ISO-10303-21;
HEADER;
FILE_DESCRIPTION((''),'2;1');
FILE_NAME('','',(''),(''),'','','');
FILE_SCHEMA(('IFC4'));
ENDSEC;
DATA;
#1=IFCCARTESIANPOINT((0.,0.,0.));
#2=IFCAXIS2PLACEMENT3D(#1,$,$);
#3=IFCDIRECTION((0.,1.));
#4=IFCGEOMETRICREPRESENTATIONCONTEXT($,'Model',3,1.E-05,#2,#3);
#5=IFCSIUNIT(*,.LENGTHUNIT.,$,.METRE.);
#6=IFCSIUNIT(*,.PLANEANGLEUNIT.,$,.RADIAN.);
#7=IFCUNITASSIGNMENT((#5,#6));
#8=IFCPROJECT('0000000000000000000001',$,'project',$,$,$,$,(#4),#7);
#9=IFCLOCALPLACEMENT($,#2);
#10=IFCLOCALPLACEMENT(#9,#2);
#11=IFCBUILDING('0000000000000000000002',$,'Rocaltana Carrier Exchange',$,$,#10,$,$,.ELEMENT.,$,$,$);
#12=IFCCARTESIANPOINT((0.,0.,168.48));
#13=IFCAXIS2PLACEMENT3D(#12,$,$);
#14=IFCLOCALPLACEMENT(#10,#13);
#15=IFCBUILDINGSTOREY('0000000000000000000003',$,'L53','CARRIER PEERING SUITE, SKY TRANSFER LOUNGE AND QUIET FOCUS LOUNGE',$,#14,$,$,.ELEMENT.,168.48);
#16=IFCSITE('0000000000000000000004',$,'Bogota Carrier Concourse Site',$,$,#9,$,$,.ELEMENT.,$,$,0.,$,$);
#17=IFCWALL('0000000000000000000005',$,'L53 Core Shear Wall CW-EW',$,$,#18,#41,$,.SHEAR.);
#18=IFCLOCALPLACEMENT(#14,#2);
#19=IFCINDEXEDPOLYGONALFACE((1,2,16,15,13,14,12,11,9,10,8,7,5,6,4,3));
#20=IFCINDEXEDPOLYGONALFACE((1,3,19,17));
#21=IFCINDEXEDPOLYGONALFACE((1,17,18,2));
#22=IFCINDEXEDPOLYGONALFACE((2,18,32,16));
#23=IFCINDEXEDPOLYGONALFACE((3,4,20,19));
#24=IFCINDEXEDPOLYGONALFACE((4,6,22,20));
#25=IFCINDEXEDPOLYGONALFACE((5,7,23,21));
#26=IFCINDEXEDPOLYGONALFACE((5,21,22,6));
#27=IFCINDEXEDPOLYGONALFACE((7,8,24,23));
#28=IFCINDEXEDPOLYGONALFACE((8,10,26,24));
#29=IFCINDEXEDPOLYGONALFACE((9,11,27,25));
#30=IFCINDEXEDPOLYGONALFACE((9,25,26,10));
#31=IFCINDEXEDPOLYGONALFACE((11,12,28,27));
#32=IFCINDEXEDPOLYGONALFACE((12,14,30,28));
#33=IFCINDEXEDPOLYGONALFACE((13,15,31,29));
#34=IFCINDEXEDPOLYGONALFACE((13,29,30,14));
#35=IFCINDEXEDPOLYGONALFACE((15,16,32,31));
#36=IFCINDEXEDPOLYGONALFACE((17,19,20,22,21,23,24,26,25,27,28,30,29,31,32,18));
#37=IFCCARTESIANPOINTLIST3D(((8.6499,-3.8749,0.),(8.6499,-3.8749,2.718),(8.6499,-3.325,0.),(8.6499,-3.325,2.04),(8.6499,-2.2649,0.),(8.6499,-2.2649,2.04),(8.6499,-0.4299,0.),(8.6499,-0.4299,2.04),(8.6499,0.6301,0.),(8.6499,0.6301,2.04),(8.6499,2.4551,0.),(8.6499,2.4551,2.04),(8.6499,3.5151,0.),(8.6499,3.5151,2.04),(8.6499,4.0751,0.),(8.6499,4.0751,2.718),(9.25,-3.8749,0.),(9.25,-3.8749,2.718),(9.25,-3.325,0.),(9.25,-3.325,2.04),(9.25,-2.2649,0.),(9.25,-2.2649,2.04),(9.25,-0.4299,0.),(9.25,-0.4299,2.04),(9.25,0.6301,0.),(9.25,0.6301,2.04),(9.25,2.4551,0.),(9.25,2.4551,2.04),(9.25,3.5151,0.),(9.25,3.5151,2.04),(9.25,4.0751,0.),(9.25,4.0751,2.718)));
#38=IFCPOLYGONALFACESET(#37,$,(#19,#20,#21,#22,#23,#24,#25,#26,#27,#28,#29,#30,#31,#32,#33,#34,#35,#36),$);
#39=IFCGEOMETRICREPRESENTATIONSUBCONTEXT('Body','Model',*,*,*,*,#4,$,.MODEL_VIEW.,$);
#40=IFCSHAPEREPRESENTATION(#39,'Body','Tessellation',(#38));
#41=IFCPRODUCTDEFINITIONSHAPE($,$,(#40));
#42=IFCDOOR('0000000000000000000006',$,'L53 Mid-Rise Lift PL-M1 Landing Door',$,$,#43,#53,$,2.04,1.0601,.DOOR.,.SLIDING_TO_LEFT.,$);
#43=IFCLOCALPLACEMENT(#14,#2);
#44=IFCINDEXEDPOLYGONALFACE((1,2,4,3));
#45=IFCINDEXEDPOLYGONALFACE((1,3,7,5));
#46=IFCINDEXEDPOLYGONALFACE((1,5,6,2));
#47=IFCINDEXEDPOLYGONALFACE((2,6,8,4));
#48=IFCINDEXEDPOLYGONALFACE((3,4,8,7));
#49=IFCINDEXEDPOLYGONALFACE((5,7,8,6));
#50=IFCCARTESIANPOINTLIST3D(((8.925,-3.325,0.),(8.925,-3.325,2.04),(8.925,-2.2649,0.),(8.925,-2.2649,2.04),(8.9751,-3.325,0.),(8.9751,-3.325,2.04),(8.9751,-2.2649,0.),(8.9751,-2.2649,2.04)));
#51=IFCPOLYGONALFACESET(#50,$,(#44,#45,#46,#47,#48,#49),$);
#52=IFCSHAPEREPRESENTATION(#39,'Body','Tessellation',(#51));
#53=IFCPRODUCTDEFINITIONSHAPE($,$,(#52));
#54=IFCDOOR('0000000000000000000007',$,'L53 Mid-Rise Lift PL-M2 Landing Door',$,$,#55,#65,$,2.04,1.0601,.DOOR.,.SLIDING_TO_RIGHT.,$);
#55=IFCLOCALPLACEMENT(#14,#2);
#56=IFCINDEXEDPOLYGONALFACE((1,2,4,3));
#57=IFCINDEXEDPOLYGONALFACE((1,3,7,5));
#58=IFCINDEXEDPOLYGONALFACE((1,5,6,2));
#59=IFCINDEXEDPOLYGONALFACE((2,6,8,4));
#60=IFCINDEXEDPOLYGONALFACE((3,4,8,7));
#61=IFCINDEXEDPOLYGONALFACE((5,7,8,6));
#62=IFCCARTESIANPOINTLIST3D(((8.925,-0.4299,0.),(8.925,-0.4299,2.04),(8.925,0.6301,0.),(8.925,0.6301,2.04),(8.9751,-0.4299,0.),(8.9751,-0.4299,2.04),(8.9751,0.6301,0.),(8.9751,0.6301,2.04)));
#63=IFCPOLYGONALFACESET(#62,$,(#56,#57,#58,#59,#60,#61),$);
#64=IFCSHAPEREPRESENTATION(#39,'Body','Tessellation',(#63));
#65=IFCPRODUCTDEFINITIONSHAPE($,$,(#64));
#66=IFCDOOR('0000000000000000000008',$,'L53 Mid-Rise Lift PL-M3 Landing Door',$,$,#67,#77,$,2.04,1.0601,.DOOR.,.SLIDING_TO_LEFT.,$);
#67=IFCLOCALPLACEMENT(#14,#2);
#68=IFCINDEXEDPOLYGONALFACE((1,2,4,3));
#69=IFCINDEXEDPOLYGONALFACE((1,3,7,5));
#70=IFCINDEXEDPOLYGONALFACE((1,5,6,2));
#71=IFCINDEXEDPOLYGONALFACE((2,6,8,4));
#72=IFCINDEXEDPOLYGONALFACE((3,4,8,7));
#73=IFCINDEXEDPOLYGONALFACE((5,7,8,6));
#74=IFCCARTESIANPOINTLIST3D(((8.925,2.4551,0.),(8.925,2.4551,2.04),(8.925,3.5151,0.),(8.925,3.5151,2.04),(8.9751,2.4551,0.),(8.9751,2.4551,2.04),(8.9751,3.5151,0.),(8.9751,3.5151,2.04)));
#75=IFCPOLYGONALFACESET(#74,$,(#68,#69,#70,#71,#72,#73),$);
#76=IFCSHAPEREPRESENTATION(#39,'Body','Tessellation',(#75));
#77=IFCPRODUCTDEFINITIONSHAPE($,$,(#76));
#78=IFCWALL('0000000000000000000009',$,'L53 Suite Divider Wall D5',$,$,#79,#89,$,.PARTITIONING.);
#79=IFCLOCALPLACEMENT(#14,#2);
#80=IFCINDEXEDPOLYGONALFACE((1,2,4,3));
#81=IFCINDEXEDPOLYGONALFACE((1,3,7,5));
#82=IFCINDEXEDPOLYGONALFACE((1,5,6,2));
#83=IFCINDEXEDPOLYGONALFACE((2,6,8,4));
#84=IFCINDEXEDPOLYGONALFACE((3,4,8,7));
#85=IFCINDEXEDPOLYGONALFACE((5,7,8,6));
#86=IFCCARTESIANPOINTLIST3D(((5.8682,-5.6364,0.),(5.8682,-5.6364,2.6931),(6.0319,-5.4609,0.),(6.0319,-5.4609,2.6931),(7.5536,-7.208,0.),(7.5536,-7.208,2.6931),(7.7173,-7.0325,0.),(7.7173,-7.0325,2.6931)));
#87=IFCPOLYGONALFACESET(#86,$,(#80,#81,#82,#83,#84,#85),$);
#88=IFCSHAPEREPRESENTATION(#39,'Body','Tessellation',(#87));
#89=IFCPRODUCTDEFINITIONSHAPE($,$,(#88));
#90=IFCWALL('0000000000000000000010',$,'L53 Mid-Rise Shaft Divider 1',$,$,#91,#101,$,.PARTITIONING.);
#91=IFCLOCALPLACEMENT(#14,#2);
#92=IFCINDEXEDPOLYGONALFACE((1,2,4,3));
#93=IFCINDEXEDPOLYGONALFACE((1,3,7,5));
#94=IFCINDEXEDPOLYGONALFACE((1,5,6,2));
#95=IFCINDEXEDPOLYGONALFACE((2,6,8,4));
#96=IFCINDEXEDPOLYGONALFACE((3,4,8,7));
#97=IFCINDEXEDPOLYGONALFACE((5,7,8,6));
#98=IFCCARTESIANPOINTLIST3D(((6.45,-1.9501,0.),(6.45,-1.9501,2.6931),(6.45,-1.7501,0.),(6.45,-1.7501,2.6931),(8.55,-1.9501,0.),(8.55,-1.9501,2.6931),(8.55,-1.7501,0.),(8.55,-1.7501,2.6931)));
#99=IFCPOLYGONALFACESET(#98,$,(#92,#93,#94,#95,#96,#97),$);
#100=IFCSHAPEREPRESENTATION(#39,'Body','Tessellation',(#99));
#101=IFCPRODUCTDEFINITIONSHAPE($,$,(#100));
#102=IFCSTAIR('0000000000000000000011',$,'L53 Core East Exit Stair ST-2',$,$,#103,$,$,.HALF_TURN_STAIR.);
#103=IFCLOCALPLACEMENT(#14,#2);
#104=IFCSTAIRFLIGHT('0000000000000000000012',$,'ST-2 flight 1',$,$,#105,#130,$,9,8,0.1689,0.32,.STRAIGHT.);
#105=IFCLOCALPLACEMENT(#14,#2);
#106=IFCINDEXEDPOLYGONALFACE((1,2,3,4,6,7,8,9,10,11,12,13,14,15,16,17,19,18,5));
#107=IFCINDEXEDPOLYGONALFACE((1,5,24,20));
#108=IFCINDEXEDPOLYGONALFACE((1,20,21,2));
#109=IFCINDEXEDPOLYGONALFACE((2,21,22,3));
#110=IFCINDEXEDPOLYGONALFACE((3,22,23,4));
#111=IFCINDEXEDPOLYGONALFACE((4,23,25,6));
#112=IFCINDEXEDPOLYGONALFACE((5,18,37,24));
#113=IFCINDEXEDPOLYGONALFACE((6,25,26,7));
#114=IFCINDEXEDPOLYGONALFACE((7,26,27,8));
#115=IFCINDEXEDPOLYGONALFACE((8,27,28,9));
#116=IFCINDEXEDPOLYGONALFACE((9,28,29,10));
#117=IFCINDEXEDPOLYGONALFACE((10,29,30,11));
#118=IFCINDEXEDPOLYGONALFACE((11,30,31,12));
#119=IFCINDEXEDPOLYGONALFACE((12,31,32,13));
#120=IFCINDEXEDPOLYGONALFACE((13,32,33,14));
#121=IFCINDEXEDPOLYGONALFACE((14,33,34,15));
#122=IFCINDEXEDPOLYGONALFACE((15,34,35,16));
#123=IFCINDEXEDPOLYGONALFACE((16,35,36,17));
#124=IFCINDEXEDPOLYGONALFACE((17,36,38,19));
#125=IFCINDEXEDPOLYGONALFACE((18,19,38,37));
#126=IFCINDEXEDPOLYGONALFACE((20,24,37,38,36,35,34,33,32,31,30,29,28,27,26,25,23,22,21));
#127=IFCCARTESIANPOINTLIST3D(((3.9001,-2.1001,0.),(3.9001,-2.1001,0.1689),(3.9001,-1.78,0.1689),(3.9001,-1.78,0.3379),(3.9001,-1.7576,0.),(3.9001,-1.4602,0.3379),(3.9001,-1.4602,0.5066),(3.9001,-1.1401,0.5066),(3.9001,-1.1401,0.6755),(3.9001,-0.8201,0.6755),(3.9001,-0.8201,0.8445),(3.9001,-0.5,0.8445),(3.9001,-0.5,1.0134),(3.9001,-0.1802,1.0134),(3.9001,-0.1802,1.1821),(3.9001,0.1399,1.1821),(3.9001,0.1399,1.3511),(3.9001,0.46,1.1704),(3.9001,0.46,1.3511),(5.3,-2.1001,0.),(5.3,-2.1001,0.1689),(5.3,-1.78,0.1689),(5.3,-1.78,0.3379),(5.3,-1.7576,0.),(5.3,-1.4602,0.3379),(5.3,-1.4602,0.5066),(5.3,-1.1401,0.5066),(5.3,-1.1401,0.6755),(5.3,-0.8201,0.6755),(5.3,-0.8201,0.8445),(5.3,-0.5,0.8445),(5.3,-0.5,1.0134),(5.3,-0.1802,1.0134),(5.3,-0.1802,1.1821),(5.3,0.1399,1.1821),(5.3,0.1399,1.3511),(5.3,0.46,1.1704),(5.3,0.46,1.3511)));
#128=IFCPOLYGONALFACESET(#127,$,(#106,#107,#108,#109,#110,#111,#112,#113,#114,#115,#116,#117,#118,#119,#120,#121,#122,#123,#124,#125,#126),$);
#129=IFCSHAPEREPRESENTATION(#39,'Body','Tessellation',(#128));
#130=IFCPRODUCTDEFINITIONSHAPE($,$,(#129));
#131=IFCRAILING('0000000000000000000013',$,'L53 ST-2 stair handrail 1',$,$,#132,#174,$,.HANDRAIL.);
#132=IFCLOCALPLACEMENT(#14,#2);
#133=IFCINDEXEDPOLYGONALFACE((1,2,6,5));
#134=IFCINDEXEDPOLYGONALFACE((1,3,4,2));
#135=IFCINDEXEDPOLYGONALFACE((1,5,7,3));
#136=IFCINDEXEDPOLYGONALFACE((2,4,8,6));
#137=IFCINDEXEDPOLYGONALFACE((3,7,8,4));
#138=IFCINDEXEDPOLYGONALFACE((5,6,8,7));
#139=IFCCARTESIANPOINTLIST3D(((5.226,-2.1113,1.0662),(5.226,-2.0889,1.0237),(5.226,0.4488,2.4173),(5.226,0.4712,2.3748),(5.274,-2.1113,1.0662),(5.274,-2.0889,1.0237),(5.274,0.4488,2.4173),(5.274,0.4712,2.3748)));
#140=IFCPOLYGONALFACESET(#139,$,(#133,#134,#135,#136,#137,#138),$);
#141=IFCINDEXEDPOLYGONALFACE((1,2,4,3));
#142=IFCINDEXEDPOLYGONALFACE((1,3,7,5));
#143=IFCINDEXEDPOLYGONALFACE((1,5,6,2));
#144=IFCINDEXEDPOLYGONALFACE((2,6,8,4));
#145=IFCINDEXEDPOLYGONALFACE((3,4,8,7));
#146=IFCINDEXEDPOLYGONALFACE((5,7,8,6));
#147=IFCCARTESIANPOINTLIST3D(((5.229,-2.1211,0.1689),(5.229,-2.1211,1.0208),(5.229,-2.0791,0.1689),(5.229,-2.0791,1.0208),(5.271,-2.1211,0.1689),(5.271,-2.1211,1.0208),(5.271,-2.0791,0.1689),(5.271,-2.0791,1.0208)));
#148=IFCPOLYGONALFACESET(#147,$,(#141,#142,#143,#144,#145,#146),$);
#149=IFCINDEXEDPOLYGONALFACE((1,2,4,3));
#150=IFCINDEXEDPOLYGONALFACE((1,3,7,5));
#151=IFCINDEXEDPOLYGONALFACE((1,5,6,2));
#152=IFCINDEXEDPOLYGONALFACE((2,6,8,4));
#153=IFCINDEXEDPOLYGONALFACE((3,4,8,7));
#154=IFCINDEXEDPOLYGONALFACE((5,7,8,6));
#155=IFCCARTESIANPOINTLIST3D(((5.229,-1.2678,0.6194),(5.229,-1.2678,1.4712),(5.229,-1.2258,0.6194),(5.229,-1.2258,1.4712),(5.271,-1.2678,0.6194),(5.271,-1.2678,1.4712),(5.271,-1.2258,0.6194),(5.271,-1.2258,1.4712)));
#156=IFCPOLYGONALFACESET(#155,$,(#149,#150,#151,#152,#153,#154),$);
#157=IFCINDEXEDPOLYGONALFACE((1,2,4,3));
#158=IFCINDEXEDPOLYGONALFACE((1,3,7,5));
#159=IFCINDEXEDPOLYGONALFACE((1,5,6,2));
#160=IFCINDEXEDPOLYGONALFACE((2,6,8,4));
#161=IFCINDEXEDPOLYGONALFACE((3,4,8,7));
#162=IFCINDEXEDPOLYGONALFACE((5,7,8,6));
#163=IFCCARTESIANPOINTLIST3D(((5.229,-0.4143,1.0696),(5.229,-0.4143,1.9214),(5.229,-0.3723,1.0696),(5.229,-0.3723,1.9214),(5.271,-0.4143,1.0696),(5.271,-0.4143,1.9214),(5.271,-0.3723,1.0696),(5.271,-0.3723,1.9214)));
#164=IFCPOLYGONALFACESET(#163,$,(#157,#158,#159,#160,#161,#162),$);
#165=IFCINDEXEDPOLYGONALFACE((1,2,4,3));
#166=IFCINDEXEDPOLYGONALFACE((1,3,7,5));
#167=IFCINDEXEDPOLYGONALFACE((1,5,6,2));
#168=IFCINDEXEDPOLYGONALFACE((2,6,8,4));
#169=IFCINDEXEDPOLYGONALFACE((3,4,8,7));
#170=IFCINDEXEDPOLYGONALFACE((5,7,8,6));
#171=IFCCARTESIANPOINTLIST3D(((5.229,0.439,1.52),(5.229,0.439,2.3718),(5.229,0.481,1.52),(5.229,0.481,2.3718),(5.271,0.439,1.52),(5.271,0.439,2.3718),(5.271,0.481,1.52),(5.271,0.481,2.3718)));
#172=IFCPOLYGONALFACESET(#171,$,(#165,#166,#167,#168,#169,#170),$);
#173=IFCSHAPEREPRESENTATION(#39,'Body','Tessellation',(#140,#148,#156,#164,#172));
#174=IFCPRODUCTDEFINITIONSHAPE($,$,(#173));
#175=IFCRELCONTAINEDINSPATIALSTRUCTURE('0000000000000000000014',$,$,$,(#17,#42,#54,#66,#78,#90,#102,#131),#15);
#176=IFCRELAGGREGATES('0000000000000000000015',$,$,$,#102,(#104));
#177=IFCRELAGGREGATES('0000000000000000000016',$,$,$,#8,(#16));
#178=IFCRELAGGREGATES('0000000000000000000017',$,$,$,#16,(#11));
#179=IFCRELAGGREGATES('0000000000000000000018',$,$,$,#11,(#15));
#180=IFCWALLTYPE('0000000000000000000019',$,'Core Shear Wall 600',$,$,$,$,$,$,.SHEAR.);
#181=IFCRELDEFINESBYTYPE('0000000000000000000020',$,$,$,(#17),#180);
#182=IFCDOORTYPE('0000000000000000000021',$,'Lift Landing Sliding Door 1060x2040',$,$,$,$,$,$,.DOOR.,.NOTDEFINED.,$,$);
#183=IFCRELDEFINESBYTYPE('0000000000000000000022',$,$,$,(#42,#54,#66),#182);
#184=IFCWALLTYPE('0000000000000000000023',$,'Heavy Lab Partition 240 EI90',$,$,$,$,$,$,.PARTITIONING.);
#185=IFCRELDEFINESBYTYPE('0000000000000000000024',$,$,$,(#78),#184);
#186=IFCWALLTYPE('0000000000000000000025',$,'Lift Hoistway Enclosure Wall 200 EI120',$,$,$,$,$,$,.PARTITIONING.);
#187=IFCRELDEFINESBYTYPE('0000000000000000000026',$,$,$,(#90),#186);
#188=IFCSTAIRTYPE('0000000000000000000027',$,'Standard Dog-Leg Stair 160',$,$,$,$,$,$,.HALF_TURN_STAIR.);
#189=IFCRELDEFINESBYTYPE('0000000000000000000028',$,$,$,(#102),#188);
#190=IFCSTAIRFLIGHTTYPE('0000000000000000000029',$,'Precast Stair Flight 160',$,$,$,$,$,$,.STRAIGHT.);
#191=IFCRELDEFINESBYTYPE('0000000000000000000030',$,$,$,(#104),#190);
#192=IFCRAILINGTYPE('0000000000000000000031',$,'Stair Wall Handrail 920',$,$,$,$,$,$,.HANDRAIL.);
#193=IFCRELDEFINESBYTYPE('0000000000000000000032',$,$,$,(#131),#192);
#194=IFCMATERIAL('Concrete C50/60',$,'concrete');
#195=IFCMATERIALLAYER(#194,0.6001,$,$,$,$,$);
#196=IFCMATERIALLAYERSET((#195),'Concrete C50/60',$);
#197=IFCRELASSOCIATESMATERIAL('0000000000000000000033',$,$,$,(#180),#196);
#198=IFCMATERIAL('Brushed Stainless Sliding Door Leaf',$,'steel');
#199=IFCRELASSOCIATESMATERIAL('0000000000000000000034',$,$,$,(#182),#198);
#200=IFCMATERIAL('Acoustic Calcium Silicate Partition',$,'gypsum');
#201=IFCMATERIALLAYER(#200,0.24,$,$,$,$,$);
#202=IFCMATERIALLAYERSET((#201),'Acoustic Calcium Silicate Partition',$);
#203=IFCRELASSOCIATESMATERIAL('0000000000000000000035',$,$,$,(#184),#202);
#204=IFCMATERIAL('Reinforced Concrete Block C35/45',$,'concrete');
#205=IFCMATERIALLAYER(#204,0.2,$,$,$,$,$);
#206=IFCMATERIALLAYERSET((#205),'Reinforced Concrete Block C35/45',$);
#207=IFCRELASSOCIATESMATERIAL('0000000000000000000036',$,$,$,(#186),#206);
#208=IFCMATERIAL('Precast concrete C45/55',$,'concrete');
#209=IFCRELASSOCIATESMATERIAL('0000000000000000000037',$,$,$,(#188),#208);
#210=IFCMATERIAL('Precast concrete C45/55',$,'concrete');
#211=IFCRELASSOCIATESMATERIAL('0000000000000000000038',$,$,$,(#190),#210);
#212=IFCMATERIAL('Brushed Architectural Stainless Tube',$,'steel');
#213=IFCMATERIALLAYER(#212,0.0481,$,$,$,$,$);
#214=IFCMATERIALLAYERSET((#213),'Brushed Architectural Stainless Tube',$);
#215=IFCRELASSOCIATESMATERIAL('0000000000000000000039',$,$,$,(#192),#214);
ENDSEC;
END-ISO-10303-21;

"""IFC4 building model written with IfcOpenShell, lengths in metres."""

from ifc_helpers import new_model, si_unit, direction, frame, frame_2d, origin, origin_2d, place, context, subcontext, project, spatial, polyline, rectangle, outline, extrude, material, layer, layer_set, type_object, element, fill, aggregate, save


model = new_model("IFC4")

# Units and contexts
model_context = context("Model", 3, precision=1e-05, world=origin(), true_north=direction((0.0, 1.0)))
body_context = subcontext(model_context, "Body", "Model", "MODEL_VIEW")
ifc_project = project(units=[si_unit("LENGTHUNIT", "METRE"), si_unit("PLANEANGLEUNIT", "RADIAN")], contexts=[model_context])

# Site, building, storey
site_placement = place(None, origin())
site = spatial("IfcSite", under=ifc_project, at=site_placement, Name="Bogota Carrier Concourse Site", CompositionType="ELEMENT", RefElevation=0.0)
building_placement = place(site_placement, origin())
building = spatial("IfcBuilding", under=site, at=building_placement, Name="Rocaltana Carrier Exchange", CompositionType="ELEMENT")
storey_placement = place(building_placement, frame((0.0, 0.0, 168.48)))
storey = spatial("IfcBuildingStorey", under=building, at=storey_placement, Name="L53", Description="CARRIER PEERING SUITE, SKY TRANSFER LOUNGE AND QUIET FOCUS LOUNGE", CompositionType="ELEMENT", Elevation=168.48)

# Shared definitions
ifc_material_1 = material(Name="Concrete C50/60", Category="concrete")
ifc_layer_1 = layer(ifc_material_1, 0.6001)
ifc_layer_set_1 = layer_set([ifc_layer_1], Name="Concrete C50/60")
wall_type_1 = type_object("IfcWallType", Name="Core Shear Wall 600", PredefinedType="SHEAR", material=ifc_layer_set_1)

# Wall, openings, doors
wall_1_placement = place(storey_placement, frame((8.95, -3.875, 0.0), z_axis=(0.0, 0.0, 1.0), x_axis=(0.0, 1.0, 0.0)))
wall_1 = element("IfcWall", 1, at=wall_1_placement, inside=storey, type_object=wall_type_1, Name="L53 Core Shear Wall CW-EW", PredefinedType="SHEAR", context=body_context, shape_type="SweptSolid", body=[
    extrude(rectangle(XDim=7.95, YDim=0.6001, at=frame_2d((3.9751, 0.0))), origin(), (0.0, 0.0, 1.0), 2.718),
])
opening_1_placement = place(wall_1_placement, frame((0.55, 0.0, 0.0)))
opening_1 = element("IfcOpeningElement", 2, at=opening_1_placement, cuts=wall_1, PredefinedType="OPENING", context=body_context, shape_type="SweptSolid", body=[
    extrude(rectangle(XDim=1.0601, YDim=2.04, at=frame_2d((0.53, 1.02))), frame((0.0, 0.3101, 0.0), z_axis=(0.0, -1.0, 0.0), x_axis=(1.0, 0.0, 0.0)), (0.0, 0.0, 1.0), 0.6201),
])
opening_2_placement = place(wall_1_placement, frame((3.4451, 0.0, 0.0)))
opening_2 = element("IfcOpeningElement", 3, at=opening_2_placement, cuts=wall_1, PredefinedType="OPENING", context=body_context, shape_type="SweptSolid", body=[
    extrude(rectangle(XDim=1.0601, YDim=2.04, at=frame_2d((0.53, 1.02))), frame((0.0, 0.3101, 0.0), z_axis=(0.0, -1.0, 0.0), x_axis=(1.0, 0.0, 0.0)), (0.0, 0.0, 1.0), 0.6201),
])
opening_3_placement = place(wall_1_placement, frame((6.3301, 0.0, 0.0)))
opening_3 = element("IfcOpeningElement", 4, at=opening_3_placement, cuts=wall_1, PredefinedType="OPENING", context=body_context, shape_type="SweptSolid", body=[
    extrude(rectangle(XDim=1.0601, YDim=2.04, at=frame_2d((0.53, 1.02))), frame((0.0, 0.3101, 0.0), z_axis=(0.0, -1.0, 0.0), x_axis=(1.0, 0.0, 0.0)), (0.0, 0.0, 1.0), 0.6201),
])
ifc_material_2 = material(Name="Brushed Stainless Sliding Door Leaf", Category="steel")
door_type = type_object("IfcDoorType", Name="Lift Landing Sliding Door 1060x2040", OperationType="NOTDEFINED", PredefinedType="DOOR", material=ifc_material_2)
door_1_placement = place(opening_1_placement, origin())
door_1 = element("IfcDoor", 5, at=door_1_placement, inside=storey, type_object=door_type, Name="L53 Mid-Rise Lift PL-M1 Landing Door", OperationType="SLIDING_TO_LEFT", OverallHeight=2.04, OverallWidth=1.0601, PredefinedType="DOOR", context=body_context, shape_type="SweptSolid", body=[
    extrude(rectangle(XDim=1.0601, YDim=2.04, at=frame_2d((0.53, 1.02))), frame((0.0, 0.0249, 0.0), z_axis=(0.0, -1.0, 0.0), x_axis=(1.0, 0.0, 0.0)), (0.0, 0.0, 1.0), 0.05),
])
fill(opening_1, door_1)
door_2_placement = place(opening_2_placement, origin())
door_2 = element("IfcDoor", 6, at=door_2_placement, inside=storey, type_object=door_type, Name="L53 Mid-Rise Lift PL-M2 Landing Door", OperationType="SLIDING_TO_RIGHT", OverallHeight=2.04, OverallWidth=1.0601, PredefinedType="DOOR", context=body_context, shape_type="SweptSolid", body=[
    extrude(rectangle(XDim=1.0601, YDim=2.04, at=frame_2d((0.53, 1.02))), frame((0.0, 0.0249, 0.0), z_axis=(0.0, -1.0, 0.0), x_axis=(1.0, 0.0, 0.0)), (0.0, 0.0, 1.0), 0.05),
])
fill(opening_2, door_2)
door_3_placement = place(opening_3_placement, origin())
door_3 = element("IfcDoor", 7, at=door_3_placement, inside=storey, type_object=door_type, Name="L53 Mid-Rise Lift PL-M3 Landing Door", OperationType="SLIDING_TO_LEFT", OverallHeight=2.04, OverallWidth=1.0601, PredefinedType="DOOR", context=body_context, shape_type="SweptSolid", body=[
    extrude(rectangle(XDim=1.0601, YDim=2.04, at=frame_2d((0.53, 1.02))), frame((0.0, 0.0249, 0.0), z_axis=(0.0, -1.0, 0.0), x_axis=(1.0, 0.0, 0.0)), (0.0, 0.0, 1.0), 0.05),
])
fill(opening_3, door_3)

# Walls
ifc_material_3 = material(Name="Acoustic Calcium Silicate Partition", Category="gypsum")
ifc_layer_2 = layer(ifc_material_3, 0.24)
ifc_layer_set_2 = layer_set([ifc_layer_2], Name="Acoustic Calcium Silicate Partition")
wall_type_2 = type_object("IfcWallType", Name="Heavy Lab Partition 240 EI90", PredefinedType="PARTITIONING", material=ifc_layer_set_2)
wall_2_placement = place(storey_placement, frame((5.95, -5.5486, 0.0), z_axis=(0.0, 0.0, 1.0), x_axis=(0.731362, -0.68199, 0.0)))
element("IfcWall", 8, at=wall_2_placement, inside=storey, type_object=wall_type_2, Name="L53 Suite Divider Wall D5", PredefinedType="PARTITIONING", context=body_context, shape_type="SweptSolid", body=[
    extrude(rectangle(XDim=2.3044, YDim=0.24, at=frame_2d((1.1523, 0.0))), origin(), (0.0, 0.0, 1.0), 2.6931),
])
ifc_material_4 = material(Name="Reinforced Concrete Block C35/45", Category="concrete")
ifc_layer_3 = layer(ifc_material_4, 0.2)
ifc_layer_set_3 = layer_set([ifc_layer_3], Name="Reinforced Concrete Block C35/45")
wall_type_3 = type_object("IfcWallType", Name="Lift Hoistway Enclosure Wall 200 EI120", PredefinedType="PARTITIONING", material=ifc_layer_set_3)
wall_3_placement = place(storey_placement, frame((6.45, -1.8501, 0.0), z_axis=(0.0, 0.0, 1.0), x_axis=(1.0, 0.0, 0.0)))
element("IfcWall", 9, at=wall_3_placement, inside=storey, type_object=wall_type_3, Name="L53 Mid-Rise Shaft Divider 1", PredefinedType="PARTITIONING", context=body_context, shape_type="SweptSolid", body=[
    extrude(rectangle(XDim=2.1001, YDim=0.2, at=frame_2d((1.05, 0.0))), origin(), (0.0, 0.0, 1.0), 2.6931),
])

# Stair, stair flight
ifc_material_5 = material(Name="Precast concrete C45/55", Category="concrete")
stair_type = type_object("IfcStairType", Name="Standard Dog-Leg Stair 160", PredefinedType="HALF_TURN_STAIR", material=ifc_material_5)
stair_placement = place(storey_placement, origin())
stair = element("IfcStair", 10, at=stair_placement, inside=storey, type_object=stair_type, Name="L53 Core East Exit Stair ST-2", PredefinedType="HALF_TURN_STAIR")
ifc_material_6 = material(Name="Precast concrete C45/55", Category="concrete")
stair_flight_type = type_object("IfcStairFlightType", Name="Precast Stair Flight 160", PredefinedType="STRAIGHT", material=ifc_material_6)
stair_flight_placement = place(storey_placement, frame((4.6001, -2.1001, 0.0), z_axis=(0.0, 0.0, 1.0), x_axis=(0.0, 1.0, 0.0)))
stair_flight = element("IfcStairFlight", 11, at=stair_flight_placement, type_object=stair_flight_type, Name="ST-2 flight 1", NumberOfRisers=9, NumberOfTreads=8, PredefinedType="STRAIGHT", RiserHeight=0.1689, TreadLength=0.32, context=body_context, shape_type="SweptSolid", body=[
    extrude(outline(polyline([(0.0, 0.0), (0.0, 0.1689), (0.3201, 0.1689), (0.3201, 0.3379), (0.6399, 0.3379), (0.6399, 0.5066), (0.96, 0.5066), (0.96, 0.6755), (1.28, 0.6755), (1.28, 0.8445), (1.6001, 0.8445), (1.6001, 1.0134), (1.9199, 1.0134), (1.9199, 1.1821), (2.24, 1.1821), (2.24, 1.3511), (2.5601, 1.3511), (2.5601, 1.52), (2.5601, 1.1704), (0.3425, 0.0), (0.0, 0.0)])), frame((0.0, 0.7, 0.0), z_axis=(0.0, -1.0, 0.0), x_axis=(1.0, 0.0, 0.0)), (0.0, 0.0, 1.0), 1.3999),
])
aggregate(stair, [stair_flight])

# Railing
ifc_material_7 = material(Name="Brushed Architectural Stainless Tube", Category="steel")
ifc_layer_4 = layer(ifc_material_7, 0.0481)
ifc_layer_set_4 = layer_set([ifc_layer_4], Name="Brushed Architectural Stainless Tube")
railing_type_1 = type_object("IfcRailingType", Name="Stair Wall Handrail 920", PredefinedType="HANDRAIL", material=ifc_layer_set_4)
railing_1_placement = place(storey_placement, frame((5.25, -2.1001, 0.1689)))
element("IfcRailing", 12, at=railing_1_placement, inside=storey, type_object=railing_type_1, Name="L53 ST-2 stair handrail 1", PredefinedType="HANDRAIL", context=body_context, shape_type="SweptSolid", body=[
    extrude(rectangle(XDim=0.0481, YDim=0.0481, at=origin_2d()), frame((0.0, 0.0, 0.876), z_axis=(0.0, 0.884394, 0.46674), x_axis=(-1.0, 0.0, 0.0)), (0.0, 0.0, 1.0), 2.8948),
    extrude(rectangle(XDim=0.042, YDim=0.042, at=origin_2d()), origin(), (0.0, 0.0, 1.0), 0.8518),
    extrude(rectangle(XDim=0.042, YDim=0.042, at=origin_2d()), frame((0.0, 0.8533, 0.4504)), (0.0, 0.0, 1.0), 0.8518),
    extrude(rectangle(XDim=0.042, YDim=0.042, at=origin_2d()), frame((0.0, 1.7068, 0.9006)), (0.0, 0.0, 1.0), 0.8518),
    extrude(rectangle(XDim=0.042, YDim=0.042, at=origin_2d()), frame((0.0, 2.5601, 1.3511)), (0.0, 0.0, 1.0), 0.8518),
])

save(model, "model.ifc")
